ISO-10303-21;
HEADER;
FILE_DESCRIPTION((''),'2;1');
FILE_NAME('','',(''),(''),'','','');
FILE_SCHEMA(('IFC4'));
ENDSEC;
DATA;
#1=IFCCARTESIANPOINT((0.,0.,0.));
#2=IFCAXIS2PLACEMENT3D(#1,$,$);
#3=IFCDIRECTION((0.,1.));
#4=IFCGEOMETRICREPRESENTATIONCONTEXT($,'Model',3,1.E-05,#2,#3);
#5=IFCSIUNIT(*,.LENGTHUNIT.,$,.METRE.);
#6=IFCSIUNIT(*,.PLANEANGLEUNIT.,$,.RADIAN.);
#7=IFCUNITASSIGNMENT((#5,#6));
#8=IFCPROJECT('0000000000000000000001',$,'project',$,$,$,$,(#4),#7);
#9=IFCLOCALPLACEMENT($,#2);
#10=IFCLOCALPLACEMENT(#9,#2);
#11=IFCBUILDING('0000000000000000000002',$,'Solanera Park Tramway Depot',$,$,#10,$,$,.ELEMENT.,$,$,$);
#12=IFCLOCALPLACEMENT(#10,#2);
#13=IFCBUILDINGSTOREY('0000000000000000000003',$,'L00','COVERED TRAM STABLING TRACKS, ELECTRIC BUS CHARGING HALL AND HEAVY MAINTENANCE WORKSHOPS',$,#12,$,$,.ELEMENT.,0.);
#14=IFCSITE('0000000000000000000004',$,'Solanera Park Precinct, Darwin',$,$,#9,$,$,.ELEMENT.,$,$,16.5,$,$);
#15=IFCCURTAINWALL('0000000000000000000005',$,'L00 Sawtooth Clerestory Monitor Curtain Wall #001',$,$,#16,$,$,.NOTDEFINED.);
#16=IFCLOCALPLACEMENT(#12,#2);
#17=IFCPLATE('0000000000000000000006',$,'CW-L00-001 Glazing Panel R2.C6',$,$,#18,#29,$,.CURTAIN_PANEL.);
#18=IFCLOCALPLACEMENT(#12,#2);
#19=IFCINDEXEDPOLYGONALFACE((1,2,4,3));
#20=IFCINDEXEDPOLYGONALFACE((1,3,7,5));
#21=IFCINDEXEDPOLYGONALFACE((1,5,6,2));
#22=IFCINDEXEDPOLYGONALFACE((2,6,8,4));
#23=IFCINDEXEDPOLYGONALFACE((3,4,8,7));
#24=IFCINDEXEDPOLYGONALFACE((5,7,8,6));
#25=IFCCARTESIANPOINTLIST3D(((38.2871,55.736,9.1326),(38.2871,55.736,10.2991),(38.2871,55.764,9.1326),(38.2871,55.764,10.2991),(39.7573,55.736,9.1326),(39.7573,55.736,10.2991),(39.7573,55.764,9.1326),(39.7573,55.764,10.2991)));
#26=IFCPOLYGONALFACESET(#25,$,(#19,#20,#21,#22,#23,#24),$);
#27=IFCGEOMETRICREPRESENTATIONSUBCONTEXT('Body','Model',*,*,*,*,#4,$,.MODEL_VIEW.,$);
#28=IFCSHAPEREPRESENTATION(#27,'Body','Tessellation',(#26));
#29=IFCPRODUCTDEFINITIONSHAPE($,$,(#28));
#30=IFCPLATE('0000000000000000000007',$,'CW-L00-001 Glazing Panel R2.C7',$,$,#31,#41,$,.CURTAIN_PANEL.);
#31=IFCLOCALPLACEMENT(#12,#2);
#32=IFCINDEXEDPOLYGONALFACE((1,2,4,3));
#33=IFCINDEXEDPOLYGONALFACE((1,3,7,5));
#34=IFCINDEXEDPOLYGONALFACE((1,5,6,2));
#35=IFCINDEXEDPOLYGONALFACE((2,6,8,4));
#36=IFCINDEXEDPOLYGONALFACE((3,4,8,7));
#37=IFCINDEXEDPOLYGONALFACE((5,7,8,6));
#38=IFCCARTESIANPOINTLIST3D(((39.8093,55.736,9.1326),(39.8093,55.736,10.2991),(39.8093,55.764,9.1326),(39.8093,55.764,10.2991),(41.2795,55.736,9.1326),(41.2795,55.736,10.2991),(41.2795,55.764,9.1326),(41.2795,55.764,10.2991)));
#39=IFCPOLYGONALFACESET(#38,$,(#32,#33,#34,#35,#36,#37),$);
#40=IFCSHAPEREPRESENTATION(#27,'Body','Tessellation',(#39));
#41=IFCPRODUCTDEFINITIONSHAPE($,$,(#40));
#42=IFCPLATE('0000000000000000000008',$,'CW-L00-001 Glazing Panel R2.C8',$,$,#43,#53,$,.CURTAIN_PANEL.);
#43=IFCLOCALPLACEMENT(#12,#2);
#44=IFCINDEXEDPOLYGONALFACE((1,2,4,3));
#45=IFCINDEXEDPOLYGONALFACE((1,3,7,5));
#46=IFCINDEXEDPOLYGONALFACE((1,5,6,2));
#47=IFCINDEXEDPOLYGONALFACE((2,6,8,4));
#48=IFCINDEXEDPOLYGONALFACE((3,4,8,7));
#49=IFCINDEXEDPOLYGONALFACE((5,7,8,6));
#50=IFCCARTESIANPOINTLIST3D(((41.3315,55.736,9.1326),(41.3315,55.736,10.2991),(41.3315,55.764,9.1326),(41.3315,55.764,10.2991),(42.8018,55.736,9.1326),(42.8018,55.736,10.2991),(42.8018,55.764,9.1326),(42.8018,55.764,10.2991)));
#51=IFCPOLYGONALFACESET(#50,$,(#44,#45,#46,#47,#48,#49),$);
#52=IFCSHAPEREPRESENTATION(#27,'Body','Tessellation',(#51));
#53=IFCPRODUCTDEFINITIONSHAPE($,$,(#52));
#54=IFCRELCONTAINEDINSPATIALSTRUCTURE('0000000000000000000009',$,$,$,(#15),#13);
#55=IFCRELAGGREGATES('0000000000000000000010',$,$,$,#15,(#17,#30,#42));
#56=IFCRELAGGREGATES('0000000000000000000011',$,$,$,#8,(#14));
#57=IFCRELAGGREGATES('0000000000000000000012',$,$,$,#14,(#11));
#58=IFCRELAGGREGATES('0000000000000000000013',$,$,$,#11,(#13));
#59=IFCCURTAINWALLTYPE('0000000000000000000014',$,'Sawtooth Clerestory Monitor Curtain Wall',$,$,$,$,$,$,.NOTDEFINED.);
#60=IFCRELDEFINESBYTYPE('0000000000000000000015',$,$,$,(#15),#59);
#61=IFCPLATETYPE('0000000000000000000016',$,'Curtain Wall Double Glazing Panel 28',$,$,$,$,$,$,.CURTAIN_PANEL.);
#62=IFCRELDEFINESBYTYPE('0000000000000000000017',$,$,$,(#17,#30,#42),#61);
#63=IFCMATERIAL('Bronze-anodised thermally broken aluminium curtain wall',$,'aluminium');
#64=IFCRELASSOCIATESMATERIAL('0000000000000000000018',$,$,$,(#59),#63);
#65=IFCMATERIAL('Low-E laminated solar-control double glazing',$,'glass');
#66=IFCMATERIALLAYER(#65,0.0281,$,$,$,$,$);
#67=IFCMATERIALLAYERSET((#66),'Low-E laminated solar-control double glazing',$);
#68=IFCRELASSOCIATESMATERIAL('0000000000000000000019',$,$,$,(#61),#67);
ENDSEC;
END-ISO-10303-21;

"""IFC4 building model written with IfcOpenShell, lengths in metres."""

from ifc_helpers import new_model, si_unit, direction, frame, origin, origin_2d, place, context, subcontext, project, spatial, rectangle, extrude, material, layer, layer_set, type_object, element, aggregate, save


model = new_model("IFC4")

# Units and contexts
model_context = context("Model", 3, precision=1e-05, world=origin(), true_north=direction((0.0, 1.0)))
body_context = subcontext(model_context, "Body", "Model", "MODEL_VIEW")
ifc_project = project(units=[si_unit("LENGTHUNIT", "METRE"), si_unit("PLANEANGLEUNIT", "RADIAN")], contexts=[model_context])

# Site, building, storey
site_placement = place(None, origin())
site = spatial("IfcSite", under=ifc_project, at=site_placement, Name="Solanera Park Precinct, Darwin", CompositionType="ELEMENT", RefElevation=16.5)
building_placement = place(site_placement, origin())
building = spatial("IfcBuilding", under=site, at=building_placement, Name="Solanera Park Tramway Depot", CompositionType="ELEMENT")
storey_placement = place(building_placement, origin())
storey = spatial("IfcBuildingStorey", under=building, at=storey_placement, Name="L00", Description="COVERED TRAM STABLING TRACKS, ELECTRIC BUS CHARGING HALL AND HEAVY MAINTENANCE WORKSHOPS", CompositionType="ELEMENT", Elevation=0.0)

# Curtain wall, plates
ifc_material_1 = material(Name="Bronze-anodised thermally broken aluminium curtain wall", Category="aluminium")
curtain_wall_type = type_object("IfcCurtainWallType", Name="Sawtooth Clerestory Monitor Curtain Wall", PredefinedType="NOTDEFINED", material=ifc_material_1)
curtain_wall_placement = place(storey_placement, origin())
curtain_wall = element("IfcCurtainWall", 1, at=curtain_wall_placement, inside=storey, type_object=curtain_wall_type, Name="L00 Sawtooth Clerestory Monitor Curtain Wall #001", PredefinedType="NOTDEFINED")
ifc_material_2 = material(Name="Low-E laminated solar-control double glazing", Category="glass")
ifc_layer = layer(ifc_material_2, 0.0281)
ifc_layer_set = layer_set([ifc_layer], Name="Low-E laminated solar-control double glazing")
plate_type = type_object("IfcPlateType", Name="Curtain Wall Double Glazing Panel 28", PredefinedType="CURTAIN_PANEL", material=ifc_layer_set)
plate_1_placement = place(storey_placement, frame((39.0222, 55.75, 9.1326), z_axis=(0.0, 0.0, 1.0), x_axis=(1.0, 0.0, 0.0)))
plate_1 = element("IfcPlate", 2, at=plate_1_placement, type_object=plate_type, Name="CW-L00-001 Glazing Panel R2.C6", PredefinedType="CURTAIN_PANEL", context=body_context, shape_type="SweptSolid", body=[
    extrude(rectangle(XDim=1.4702, YDim=0.0281, at=origin_2d()), origin(), (0.0, 0.0, 1.0), 1.1665),
])
plate_2_placement = place(storey_placement, frame((40.5444, 55.75, 9.1326), z_axis=(0.0, 0.0, 1.0), x_axis=(1.0, 0.0, 0.0)))
plate_2 = element("IfcPlate", 3, at=plate_2_placement, type_object=plate_type, Name="CW-L00-001 Glazing Panel R2.C7", PredefinedType="CURTAIN_PANEL", context=body_context, shape_type="SweptSolid", body=[
    extrude(rectangle(XDim=1.4702, YDim=0.0281, at=origin_2d()), origin(), (0.0, 0.0, 1.0), 1.1665),
])
plate_3_placement = place(storey_placement, frame((42.0667, 55.75, 9.1326), z_axis=(0.0, 0.0, 1.0), x_axis=(1.0, 0.0, 0.0)))
plate_3 = element("IfcPlate", 4, at=plate_3_placement, type_object=plate_type, Name="CW-L00-001 Glazing Panel R2.C8", PredefinedType="CURTAIN_PANEL", context=body_context, shape_type="SweptSolid", body=[
    extrude(rectangle(XDim=1.4702, YDim=0.0281, at=origin_2d()), origin(), (0.0, 0.0, 1.0), 1.1665),
])
aggregate(curtain_wall, [plate_1, plate_2, plate_3])

save(model, "model.ifc")
